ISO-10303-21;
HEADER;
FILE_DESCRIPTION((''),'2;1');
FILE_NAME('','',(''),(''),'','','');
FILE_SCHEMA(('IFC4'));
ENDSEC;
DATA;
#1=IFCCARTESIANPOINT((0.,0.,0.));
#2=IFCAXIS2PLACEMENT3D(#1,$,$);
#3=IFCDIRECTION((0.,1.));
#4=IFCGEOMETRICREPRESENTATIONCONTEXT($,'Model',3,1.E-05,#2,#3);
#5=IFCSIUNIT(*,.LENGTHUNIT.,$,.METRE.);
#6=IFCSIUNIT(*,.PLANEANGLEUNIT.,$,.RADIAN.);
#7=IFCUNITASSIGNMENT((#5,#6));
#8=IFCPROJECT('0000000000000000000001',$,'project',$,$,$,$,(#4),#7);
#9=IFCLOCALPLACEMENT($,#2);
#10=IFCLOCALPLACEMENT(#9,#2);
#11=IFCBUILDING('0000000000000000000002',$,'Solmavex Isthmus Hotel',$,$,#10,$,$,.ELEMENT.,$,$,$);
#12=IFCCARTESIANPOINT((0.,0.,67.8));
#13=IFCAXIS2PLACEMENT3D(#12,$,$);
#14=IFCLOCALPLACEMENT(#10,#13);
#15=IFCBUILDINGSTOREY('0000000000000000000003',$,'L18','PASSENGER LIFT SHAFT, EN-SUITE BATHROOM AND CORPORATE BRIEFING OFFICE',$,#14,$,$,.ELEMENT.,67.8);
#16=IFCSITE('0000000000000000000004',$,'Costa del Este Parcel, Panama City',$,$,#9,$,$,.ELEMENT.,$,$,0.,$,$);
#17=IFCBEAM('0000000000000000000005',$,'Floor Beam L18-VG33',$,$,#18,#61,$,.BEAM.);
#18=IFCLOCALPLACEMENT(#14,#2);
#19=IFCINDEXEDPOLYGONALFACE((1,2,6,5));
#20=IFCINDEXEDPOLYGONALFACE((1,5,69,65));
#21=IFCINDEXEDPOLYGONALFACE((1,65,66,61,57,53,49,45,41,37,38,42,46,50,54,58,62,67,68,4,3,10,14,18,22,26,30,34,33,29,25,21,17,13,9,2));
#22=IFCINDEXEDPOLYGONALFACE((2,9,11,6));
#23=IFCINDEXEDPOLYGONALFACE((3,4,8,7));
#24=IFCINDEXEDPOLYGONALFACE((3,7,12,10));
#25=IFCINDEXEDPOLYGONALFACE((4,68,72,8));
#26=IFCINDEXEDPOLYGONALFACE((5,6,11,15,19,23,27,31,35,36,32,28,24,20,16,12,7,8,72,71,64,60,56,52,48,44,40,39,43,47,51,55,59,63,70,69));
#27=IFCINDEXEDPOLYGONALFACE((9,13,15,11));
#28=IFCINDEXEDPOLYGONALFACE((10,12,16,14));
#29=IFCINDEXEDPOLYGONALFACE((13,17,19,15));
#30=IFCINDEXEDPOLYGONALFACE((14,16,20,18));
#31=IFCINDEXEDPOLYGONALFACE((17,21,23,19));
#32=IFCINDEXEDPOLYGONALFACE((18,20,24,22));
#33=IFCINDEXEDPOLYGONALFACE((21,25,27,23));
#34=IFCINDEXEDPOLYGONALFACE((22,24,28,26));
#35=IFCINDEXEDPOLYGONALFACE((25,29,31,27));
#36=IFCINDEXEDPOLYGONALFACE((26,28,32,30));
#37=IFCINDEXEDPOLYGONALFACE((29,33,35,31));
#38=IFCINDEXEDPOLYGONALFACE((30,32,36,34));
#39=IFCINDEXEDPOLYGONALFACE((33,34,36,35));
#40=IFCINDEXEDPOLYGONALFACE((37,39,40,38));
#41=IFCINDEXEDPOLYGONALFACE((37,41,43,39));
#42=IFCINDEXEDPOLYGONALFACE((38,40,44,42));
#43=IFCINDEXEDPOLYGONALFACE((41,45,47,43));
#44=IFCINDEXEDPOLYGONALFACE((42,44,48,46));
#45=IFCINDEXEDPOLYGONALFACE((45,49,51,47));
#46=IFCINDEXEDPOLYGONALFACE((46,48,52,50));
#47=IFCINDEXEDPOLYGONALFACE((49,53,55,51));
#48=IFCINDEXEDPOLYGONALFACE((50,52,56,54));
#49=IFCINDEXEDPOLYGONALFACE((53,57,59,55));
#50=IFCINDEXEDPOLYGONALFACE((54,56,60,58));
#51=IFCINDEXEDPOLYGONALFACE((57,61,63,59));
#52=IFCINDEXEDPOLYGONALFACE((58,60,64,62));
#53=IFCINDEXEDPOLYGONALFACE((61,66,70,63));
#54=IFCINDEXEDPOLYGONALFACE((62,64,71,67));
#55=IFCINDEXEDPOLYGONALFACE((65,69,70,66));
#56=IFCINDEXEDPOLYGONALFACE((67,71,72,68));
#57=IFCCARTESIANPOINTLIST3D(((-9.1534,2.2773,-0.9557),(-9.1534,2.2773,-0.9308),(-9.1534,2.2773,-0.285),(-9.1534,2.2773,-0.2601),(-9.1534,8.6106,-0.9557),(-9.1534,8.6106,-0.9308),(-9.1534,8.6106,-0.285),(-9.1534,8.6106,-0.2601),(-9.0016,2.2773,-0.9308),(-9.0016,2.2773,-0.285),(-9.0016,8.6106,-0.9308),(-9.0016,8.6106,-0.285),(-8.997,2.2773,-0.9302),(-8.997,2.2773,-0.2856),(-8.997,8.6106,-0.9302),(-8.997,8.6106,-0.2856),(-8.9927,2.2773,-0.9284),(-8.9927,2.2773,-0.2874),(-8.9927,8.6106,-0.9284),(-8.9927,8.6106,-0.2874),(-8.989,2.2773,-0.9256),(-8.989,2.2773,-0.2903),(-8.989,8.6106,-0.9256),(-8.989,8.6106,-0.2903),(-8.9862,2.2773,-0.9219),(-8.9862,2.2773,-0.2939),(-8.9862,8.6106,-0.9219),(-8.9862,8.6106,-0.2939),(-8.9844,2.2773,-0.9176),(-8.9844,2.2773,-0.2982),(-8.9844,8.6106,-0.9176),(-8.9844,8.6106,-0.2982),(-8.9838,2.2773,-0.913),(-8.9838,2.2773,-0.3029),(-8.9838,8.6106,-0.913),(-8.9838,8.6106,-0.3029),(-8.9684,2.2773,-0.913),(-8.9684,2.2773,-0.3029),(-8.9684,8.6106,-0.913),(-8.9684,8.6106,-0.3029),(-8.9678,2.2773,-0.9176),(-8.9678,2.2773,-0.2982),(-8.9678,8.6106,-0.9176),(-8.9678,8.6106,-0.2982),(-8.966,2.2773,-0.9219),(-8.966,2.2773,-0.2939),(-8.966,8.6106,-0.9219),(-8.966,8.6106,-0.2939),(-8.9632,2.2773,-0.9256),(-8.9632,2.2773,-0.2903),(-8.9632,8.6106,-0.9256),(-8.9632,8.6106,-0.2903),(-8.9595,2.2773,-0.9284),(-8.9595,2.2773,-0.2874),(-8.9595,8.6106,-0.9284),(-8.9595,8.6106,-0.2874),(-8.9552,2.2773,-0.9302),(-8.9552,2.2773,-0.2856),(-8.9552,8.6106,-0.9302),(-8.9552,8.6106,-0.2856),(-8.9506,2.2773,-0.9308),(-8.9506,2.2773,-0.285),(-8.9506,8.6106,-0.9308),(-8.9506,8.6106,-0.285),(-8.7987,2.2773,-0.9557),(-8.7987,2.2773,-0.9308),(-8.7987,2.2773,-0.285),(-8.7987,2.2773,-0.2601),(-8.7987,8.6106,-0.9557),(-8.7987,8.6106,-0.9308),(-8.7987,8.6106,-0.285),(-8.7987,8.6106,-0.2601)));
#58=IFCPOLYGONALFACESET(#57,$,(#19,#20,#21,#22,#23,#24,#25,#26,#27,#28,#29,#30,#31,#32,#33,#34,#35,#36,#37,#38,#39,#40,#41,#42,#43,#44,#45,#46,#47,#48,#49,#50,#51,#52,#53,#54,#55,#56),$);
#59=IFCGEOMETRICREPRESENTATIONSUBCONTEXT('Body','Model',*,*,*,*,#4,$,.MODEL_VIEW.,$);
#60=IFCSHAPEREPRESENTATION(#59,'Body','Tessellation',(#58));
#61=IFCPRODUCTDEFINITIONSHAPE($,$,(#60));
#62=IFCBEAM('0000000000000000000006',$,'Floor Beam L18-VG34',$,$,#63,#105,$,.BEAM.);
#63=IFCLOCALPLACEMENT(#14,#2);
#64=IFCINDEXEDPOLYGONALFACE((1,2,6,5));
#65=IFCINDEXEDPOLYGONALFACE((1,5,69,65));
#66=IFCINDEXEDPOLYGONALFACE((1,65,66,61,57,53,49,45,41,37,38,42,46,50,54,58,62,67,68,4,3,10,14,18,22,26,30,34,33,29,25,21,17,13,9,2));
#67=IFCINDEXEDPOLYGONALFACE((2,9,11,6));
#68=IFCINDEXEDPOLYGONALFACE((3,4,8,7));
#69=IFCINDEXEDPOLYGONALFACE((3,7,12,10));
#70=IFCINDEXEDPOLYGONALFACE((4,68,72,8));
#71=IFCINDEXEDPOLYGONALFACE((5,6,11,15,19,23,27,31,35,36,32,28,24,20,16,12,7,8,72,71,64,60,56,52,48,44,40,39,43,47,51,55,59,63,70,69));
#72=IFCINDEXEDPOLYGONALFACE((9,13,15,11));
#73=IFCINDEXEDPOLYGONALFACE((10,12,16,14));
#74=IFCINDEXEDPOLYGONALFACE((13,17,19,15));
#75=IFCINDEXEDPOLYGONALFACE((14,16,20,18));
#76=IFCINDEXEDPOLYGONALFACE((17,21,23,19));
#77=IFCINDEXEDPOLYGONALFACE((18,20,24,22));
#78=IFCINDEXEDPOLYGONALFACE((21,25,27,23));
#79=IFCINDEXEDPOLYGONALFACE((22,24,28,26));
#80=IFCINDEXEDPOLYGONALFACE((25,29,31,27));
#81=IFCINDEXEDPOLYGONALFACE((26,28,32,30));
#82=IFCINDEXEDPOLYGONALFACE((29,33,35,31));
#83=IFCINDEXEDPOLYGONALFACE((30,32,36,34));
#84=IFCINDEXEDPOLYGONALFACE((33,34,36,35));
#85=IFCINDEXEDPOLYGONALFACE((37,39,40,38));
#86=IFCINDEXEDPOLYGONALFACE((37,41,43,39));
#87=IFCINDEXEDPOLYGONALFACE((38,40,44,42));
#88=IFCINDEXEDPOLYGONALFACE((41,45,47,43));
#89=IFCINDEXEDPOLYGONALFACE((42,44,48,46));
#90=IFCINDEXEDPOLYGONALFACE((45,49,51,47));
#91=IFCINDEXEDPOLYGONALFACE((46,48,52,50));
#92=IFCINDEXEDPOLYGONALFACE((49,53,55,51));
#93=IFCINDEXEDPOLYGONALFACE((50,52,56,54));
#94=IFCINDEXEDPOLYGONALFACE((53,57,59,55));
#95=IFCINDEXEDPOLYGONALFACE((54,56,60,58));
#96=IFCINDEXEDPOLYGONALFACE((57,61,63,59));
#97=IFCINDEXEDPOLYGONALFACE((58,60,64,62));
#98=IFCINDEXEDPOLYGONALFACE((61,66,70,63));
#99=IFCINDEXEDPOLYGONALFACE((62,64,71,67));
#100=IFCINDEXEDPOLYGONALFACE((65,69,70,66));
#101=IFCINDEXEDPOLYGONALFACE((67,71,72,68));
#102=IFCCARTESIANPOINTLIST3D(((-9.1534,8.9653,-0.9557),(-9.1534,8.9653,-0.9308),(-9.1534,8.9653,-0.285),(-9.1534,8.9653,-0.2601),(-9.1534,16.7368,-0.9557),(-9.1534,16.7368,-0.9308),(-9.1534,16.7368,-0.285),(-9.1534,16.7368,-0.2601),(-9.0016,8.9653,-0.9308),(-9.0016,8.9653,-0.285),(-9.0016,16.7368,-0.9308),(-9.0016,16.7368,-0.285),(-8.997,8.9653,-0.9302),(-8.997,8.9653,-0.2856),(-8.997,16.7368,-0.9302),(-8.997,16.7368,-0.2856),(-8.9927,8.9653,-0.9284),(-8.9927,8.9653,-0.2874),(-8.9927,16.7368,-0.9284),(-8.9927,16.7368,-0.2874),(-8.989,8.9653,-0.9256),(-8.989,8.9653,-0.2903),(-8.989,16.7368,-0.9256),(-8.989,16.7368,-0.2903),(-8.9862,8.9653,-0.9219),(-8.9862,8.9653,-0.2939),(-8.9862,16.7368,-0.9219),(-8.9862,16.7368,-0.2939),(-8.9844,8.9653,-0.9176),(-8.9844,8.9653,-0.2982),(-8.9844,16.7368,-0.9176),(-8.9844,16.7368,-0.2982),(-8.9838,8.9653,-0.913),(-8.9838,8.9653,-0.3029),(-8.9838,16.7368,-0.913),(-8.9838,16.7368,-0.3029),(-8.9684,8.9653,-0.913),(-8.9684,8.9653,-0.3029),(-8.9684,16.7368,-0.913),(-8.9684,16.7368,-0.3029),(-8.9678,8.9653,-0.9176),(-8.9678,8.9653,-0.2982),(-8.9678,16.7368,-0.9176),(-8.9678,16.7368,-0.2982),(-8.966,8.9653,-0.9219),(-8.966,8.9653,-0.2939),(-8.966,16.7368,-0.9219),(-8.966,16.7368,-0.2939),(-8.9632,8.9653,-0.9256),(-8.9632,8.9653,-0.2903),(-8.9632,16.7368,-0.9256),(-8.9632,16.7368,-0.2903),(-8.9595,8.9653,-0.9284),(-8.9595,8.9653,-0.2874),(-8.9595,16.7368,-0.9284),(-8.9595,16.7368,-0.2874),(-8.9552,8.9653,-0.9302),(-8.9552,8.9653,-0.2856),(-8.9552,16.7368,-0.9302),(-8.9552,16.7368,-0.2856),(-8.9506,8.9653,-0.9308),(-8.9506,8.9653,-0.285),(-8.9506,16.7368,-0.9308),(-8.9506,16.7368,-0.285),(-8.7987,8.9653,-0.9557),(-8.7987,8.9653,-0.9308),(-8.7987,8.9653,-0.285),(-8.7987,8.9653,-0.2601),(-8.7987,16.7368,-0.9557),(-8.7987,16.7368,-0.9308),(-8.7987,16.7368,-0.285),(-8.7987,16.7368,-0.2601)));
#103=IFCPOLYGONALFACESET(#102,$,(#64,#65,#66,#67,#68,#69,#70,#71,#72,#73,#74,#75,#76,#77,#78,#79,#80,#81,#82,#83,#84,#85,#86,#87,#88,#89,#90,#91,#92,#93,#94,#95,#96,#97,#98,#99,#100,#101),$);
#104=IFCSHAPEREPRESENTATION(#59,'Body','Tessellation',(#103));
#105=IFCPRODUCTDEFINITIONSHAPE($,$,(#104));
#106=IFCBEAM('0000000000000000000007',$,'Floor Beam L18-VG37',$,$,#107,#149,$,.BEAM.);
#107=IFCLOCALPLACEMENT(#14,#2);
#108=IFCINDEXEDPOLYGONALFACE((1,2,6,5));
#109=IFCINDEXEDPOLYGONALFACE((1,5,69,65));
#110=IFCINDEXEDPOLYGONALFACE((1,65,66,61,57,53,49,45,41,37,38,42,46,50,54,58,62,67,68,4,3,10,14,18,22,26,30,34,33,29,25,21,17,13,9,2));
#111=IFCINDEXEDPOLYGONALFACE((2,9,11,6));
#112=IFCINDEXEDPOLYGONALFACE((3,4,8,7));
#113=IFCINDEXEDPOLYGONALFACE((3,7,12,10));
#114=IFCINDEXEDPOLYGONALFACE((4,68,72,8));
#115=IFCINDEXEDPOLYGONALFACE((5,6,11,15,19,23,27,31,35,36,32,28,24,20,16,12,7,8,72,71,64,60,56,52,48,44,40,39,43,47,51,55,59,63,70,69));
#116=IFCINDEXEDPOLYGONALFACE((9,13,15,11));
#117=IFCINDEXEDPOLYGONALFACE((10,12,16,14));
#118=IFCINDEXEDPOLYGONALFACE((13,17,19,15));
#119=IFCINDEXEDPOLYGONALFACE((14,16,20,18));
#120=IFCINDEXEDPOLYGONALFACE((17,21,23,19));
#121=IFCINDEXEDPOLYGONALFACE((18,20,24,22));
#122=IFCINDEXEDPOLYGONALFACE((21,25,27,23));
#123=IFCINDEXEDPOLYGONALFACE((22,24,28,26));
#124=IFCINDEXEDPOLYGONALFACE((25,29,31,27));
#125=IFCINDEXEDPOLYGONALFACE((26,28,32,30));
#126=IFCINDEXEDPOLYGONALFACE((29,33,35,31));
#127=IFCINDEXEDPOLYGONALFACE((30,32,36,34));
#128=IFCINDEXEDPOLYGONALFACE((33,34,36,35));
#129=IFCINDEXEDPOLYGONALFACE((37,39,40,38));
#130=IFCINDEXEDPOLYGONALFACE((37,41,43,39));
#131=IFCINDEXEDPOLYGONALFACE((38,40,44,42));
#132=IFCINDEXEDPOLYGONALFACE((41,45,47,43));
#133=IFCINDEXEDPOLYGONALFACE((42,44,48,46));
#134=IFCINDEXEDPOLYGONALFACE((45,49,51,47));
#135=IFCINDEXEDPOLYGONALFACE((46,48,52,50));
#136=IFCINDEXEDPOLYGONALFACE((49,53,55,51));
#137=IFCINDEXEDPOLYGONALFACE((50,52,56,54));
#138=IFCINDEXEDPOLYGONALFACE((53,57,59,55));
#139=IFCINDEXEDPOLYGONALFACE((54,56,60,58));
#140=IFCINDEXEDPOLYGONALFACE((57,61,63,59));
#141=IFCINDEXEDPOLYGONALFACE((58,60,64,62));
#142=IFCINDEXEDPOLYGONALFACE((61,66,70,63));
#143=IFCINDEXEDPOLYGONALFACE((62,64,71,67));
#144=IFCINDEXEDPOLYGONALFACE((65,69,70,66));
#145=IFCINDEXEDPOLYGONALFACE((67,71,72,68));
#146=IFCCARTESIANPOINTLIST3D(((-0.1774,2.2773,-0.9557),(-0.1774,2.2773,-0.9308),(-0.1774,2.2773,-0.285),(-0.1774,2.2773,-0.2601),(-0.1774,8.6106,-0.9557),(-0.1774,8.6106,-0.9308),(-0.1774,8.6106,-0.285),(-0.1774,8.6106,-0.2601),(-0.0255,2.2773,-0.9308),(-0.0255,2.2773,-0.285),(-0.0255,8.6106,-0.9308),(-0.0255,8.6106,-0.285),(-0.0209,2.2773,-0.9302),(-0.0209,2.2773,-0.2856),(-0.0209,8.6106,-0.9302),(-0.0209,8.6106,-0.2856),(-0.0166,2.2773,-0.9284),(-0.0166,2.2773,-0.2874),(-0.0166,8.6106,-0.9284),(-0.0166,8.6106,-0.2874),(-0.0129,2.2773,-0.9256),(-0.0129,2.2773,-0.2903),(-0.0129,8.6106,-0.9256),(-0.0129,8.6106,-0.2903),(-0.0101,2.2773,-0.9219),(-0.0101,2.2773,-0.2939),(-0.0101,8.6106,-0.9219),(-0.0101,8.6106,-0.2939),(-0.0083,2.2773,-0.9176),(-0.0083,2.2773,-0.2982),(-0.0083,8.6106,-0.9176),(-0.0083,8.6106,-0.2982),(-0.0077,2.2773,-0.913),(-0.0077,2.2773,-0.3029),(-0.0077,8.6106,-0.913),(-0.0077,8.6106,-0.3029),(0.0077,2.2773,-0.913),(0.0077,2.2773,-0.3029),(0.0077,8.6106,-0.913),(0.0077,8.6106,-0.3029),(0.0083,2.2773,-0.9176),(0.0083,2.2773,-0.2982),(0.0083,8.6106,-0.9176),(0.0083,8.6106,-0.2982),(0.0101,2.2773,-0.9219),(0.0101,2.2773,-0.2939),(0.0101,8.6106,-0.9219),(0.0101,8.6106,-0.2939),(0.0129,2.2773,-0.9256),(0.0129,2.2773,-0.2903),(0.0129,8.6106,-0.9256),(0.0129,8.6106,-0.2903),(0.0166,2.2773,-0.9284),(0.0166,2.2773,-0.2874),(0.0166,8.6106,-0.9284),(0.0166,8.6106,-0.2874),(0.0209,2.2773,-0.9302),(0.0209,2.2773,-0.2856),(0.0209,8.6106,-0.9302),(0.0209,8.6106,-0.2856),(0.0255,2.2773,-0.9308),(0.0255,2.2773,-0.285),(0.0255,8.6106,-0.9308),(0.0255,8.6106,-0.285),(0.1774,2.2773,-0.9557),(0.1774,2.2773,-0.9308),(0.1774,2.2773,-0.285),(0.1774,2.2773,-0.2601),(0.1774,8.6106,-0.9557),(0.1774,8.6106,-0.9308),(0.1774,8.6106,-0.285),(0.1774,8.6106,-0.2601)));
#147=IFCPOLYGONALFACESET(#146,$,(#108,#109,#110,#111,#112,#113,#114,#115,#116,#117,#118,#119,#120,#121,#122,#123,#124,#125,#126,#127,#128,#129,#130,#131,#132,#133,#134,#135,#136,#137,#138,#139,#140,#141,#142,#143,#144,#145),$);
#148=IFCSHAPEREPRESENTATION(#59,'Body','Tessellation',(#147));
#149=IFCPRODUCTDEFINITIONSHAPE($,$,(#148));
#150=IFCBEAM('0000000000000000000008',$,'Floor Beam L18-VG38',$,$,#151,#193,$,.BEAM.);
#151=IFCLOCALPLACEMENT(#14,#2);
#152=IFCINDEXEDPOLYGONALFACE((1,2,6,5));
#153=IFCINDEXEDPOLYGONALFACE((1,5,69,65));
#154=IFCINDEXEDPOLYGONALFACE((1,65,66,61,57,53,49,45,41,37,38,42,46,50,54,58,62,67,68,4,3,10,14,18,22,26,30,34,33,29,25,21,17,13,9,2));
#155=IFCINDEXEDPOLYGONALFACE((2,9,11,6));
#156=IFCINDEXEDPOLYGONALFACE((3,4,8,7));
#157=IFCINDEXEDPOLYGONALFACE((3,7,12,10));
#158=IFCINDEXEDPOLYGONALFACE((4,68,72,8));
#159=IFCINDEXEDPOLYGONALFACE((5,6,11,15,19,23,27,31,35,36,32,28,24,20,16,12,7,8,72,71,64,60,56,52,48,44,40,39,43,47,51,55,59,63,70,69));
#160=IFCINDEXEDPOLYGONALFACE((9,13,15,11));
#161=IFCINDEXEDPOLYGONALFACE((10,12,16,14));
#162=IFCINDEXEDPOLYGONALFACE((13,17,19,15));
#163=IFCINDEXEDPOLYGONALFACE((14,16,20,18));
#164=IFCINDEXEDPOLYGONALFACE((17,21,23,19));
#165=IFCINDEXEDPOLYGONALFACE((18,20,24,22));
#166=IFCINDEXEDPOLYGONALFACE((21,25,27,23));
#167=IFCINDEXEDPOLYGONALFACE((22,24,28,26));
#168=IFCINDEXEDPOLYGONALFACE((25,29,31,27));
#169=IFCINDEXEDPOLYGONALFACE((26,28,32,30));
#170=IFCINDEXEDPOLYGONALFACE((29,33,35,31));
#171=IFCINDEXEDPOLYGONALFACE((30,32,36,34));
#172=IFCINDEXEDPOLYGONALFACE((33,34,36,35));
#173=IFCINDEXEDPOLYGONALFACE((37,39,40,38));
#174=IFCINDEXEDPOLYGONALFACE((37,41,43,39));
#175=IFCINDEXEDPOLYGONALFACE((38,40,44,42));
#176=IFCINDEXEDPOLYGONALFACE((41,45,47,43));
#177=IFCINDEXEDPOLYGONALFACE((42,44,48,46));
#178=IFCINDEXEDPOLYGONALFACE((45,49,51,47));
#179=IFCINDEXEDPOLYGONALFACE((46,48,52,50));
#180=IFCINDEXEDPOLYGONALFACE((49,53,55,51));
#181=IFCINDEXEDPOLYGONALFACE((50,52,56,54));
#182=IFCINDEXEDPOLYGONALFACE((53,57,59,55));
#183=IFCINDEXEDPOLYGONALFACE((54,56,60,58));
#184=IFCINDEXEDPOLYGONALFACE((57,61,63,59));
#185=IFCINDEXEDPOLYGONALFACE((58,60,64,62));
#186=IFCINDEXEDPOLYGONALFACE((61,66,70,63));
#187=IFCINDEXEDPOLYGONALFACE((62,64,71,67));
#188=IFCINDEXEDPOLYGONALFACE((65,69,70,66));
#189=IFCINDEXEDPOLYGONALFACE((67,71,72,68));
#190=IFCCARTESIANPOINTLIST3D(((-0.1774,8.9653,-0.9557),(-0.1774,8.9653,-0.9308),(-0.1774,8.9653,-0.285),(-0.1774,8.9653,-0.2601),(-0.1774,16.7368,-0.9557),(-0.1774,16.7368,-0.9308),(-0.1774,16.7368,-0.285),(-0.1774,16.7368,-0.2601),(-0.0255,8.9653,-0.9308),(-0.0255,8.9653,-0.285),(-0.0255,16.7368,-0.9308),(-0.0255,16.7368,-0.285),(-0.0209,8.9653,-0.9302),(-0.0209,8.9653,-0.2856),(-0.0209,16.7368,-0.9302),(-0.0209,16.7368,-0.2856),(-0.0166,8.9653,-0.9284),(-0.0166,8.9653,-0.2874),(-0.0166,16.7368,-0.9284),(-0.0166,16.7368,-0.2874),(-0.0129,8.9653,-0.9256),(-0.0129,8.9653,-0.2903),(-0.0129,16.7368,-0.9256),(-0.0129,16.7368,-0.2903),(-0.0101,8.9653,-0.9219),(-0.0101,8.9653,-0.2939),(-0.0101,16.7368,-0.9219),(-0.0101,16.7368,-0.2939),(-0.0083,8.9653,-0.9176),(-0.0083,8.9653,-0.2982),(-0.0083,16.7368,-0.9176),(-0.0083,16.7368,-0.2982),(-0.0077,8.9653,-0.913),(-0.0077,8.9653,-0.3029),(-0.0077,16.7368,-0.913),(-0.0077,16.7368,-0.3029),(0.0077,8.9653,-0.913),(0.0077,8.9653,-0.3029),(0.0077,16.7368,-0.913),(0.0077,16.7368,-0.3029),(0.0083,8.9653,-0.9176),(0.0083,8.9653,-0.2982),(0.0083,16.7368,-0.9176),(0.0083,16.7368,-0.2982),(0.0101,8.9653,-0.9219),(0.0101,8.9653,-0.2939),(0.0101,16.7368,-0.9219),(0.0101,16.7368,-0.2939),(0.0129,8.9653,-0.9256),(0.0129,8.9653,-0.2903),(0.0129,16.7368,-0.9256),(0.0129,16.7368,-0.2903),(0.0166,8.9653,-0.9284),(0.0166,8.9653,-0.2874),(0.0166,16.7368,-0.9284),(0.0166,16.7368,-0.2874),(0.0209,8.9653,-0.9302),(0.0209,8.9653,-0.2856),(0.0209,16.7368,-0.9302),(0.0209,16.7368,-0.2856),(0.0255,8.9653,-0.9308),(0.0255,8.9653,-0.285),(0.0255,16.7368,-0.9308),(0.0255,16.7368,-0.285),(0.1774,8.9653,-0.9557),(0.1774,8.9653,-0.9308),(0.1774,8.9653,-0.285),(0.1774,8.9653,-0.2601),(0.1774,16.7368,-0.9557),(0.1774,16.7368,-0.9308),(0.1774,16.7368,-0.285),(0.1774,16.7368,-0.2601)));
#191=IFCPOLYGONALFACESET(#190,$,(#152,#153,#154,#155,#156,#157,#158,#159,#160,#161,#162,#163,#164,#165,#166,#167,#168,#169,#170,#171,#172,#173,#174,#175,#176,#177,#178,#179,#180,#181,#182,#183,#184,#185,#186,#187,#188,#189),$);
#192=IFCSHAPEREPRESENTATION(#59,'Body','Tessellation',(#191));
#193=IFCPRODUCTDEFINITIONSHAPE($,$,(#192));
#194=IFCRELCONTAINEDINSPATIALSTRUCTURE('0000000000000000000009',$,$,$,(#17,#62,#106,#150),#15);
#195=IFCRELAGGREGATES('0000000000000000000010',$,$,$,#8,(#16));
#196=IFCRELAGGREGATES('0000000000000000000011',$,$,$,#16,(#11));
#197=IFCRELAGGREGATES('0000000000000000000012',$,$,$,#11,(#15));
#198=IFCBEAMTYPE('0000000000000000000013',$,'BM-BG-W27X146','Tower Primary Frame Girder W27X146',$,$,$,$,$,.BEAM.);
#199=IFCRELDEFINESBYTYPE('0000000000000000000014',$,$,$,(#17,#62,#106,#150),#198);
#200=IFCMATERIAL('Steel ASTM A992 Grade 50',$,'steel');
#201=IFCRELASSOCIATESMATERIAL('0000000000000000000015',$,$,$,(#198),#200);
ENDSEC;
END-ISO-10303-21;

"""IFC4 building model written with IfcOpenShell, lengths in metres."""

from ifc_helpers import new_model, si_unit, direction, frame, origin, origin_2d, place, context, subcontext, project, spatial, i_section, extrude, material, material_profile, profile_set, type_object, element, save


model = new_model("IFC4")

# Units and contexts
model_context = context("Model", 3, precision=1e-05, world=origin(), true_north=direction((0.0, 1.0)))
body_context = subcontext(model_context, "Body", "Model", "MODEL_VIEW")
ifc_project = project(units=[si_unit("LENGTHUNIT", "METRE"), si_unit("PLANEANGLEUNIT", "RADIAN")], contexts=[model_context])

# Site, building, storey
site_placement = place(None, origin())
site = spatial("IfcSite", under=ifc_project, at=site_placement, Name="Costa del Este Parcel, Panama City", CompositionType="ELEMENT", RefElevation=0.0)
building_placement = place(site_placement, origin())
building = spatial("IfcBuilding", under=site, at=building_placement, Name="Solmavex Isthmus Hotel", CompositionType="ELEMENT")
storey_placement = place(building_placement, frame((0.0, 0.0, 67.8)))
storey = spatial("IfcBuildingStorey", under=building, at=storey_placement, Name="L18", Description="PASSENGER LIFT SHAFT, EN-SUITE BATHROOM AND CORPORATE BRIEFING OFFICE", CompositionType="ELEMENT", Elevation=67.8)

# Beams
ifc_material_1 = material(Name="Steel ASTM A992 Grade 50", Category="steel")
ifc_material_profile_1 = material_profile(ifc_material_1, i_section(OverallWidth=0.3547, OverallDepth=0.6956, WebThickness=0.0154, FlangeThickness=0.0249, FilletRadius=0.0178, at=origin_2d()), Name="W27X146")
ifc_profile_set_1 = profile_set([ifc_material_profile_1], Name="Steel ASTM A992 Grade 50")
beam_type_1 = type_object("IfcBeamType", Name="BM-BG-W27X146", Description="Tower Primary Frame Girder W27X146", PredefinedType="BEAM", material=ifc_profile_set_1)
beam_1_placement = place(storey_placement, frame((-8.9761, 2.2773, -0.6079), z_axis=(0.0, 1.0, 0.0), x_axis=(-1.0, 0.0, 0.0)))
element("IfcBeam", 1, at=beam_1_placement, inside=storey, type_object=beam_type_1, Name="Floor Beam L18-VG33", PredefinedType="BEAM", context=body_context, shape_type="SweptSolid", body=[
    extrude(i_section(OverallWidth=0.3547, OverallDepth=0.6956, WebThickness=0.0154, FlangeThickness=0.0249, FilletRadius=0.0178, at=origin_2d()), origin(), (0.0, 0.0, 1.0), 6.3333),
])
beam_2_placement = place(storey_placement, frame((-8.9761, 8.9653, -0.6079), z_axis=(0.0, 1.0, 0.0), x_axis=(-1.0, 0.0, 0.0)))
element("IfcBeam", 2, at=beam_2_placement, inside=storey, type_object=beam_type_1, Name="Floor Beam L18-VG34", PredefinedType="BEAM", context=body_context, shape_type="SweptSolid", body=[
    extrude(i_section(OverallWidth=0.3547, OverallDepth=0.6956, WebThickness=0.0154, FlangeThickness=0.0249, FilletRadius=0.0178, at=origin_2d()), origin(), (0.0, 0.0, 1.0), 7.7715),
])
beam_3_placement = place(storey_placement, frame((0.0, 2.2773, -0.6079), z_axis=(0.0, 1.0, 0.0), x_axis=(-1.0, 0.0, 0.0)))
element("IfcBeam", 3, at=beam_3_placement, inside=storey, type_object=beam_type_1, Name="Floor Beam L18-VG37", PredefinedType="BEAM", context=body_context, shape_type="SweptSolid", body=[
    extrude(i_section(OverallWidth=0.3547, OverallDepth=0.6956, WebThickness=0.0154, FlangeThickness=0.0249, FilletRadius=0.0178, at=origin_2d()), origin(), (0.0, 0.0, 1.0), 6.3333),
])
beam_4_placement = place(storey_placement, frame((0.0, 8.9653, -0.6079), z_axis=(0.0, 1.0, 0.0), x_axis=(-1.0, 0.0, 0.0)))
element("IfcBeam", 4, at=beam_4_placement, inside=storey, type_object=beam_type_1, Name="Floor Beam L18-VG38", PredefinedType="BEAM", context=body_context, shape_type="SweptSolid", body=[
    extrude(i_section(OverallWidth=0.3547, OverallDepth=0.6956, WebThickness=0.0154, FlangeThickness=0.0249, FilletRadius=0.0178, at=origin_2d()), origin(), (0.0, 0.0, 1.0), 7.7715),
])

save(model, "model.ifc")
